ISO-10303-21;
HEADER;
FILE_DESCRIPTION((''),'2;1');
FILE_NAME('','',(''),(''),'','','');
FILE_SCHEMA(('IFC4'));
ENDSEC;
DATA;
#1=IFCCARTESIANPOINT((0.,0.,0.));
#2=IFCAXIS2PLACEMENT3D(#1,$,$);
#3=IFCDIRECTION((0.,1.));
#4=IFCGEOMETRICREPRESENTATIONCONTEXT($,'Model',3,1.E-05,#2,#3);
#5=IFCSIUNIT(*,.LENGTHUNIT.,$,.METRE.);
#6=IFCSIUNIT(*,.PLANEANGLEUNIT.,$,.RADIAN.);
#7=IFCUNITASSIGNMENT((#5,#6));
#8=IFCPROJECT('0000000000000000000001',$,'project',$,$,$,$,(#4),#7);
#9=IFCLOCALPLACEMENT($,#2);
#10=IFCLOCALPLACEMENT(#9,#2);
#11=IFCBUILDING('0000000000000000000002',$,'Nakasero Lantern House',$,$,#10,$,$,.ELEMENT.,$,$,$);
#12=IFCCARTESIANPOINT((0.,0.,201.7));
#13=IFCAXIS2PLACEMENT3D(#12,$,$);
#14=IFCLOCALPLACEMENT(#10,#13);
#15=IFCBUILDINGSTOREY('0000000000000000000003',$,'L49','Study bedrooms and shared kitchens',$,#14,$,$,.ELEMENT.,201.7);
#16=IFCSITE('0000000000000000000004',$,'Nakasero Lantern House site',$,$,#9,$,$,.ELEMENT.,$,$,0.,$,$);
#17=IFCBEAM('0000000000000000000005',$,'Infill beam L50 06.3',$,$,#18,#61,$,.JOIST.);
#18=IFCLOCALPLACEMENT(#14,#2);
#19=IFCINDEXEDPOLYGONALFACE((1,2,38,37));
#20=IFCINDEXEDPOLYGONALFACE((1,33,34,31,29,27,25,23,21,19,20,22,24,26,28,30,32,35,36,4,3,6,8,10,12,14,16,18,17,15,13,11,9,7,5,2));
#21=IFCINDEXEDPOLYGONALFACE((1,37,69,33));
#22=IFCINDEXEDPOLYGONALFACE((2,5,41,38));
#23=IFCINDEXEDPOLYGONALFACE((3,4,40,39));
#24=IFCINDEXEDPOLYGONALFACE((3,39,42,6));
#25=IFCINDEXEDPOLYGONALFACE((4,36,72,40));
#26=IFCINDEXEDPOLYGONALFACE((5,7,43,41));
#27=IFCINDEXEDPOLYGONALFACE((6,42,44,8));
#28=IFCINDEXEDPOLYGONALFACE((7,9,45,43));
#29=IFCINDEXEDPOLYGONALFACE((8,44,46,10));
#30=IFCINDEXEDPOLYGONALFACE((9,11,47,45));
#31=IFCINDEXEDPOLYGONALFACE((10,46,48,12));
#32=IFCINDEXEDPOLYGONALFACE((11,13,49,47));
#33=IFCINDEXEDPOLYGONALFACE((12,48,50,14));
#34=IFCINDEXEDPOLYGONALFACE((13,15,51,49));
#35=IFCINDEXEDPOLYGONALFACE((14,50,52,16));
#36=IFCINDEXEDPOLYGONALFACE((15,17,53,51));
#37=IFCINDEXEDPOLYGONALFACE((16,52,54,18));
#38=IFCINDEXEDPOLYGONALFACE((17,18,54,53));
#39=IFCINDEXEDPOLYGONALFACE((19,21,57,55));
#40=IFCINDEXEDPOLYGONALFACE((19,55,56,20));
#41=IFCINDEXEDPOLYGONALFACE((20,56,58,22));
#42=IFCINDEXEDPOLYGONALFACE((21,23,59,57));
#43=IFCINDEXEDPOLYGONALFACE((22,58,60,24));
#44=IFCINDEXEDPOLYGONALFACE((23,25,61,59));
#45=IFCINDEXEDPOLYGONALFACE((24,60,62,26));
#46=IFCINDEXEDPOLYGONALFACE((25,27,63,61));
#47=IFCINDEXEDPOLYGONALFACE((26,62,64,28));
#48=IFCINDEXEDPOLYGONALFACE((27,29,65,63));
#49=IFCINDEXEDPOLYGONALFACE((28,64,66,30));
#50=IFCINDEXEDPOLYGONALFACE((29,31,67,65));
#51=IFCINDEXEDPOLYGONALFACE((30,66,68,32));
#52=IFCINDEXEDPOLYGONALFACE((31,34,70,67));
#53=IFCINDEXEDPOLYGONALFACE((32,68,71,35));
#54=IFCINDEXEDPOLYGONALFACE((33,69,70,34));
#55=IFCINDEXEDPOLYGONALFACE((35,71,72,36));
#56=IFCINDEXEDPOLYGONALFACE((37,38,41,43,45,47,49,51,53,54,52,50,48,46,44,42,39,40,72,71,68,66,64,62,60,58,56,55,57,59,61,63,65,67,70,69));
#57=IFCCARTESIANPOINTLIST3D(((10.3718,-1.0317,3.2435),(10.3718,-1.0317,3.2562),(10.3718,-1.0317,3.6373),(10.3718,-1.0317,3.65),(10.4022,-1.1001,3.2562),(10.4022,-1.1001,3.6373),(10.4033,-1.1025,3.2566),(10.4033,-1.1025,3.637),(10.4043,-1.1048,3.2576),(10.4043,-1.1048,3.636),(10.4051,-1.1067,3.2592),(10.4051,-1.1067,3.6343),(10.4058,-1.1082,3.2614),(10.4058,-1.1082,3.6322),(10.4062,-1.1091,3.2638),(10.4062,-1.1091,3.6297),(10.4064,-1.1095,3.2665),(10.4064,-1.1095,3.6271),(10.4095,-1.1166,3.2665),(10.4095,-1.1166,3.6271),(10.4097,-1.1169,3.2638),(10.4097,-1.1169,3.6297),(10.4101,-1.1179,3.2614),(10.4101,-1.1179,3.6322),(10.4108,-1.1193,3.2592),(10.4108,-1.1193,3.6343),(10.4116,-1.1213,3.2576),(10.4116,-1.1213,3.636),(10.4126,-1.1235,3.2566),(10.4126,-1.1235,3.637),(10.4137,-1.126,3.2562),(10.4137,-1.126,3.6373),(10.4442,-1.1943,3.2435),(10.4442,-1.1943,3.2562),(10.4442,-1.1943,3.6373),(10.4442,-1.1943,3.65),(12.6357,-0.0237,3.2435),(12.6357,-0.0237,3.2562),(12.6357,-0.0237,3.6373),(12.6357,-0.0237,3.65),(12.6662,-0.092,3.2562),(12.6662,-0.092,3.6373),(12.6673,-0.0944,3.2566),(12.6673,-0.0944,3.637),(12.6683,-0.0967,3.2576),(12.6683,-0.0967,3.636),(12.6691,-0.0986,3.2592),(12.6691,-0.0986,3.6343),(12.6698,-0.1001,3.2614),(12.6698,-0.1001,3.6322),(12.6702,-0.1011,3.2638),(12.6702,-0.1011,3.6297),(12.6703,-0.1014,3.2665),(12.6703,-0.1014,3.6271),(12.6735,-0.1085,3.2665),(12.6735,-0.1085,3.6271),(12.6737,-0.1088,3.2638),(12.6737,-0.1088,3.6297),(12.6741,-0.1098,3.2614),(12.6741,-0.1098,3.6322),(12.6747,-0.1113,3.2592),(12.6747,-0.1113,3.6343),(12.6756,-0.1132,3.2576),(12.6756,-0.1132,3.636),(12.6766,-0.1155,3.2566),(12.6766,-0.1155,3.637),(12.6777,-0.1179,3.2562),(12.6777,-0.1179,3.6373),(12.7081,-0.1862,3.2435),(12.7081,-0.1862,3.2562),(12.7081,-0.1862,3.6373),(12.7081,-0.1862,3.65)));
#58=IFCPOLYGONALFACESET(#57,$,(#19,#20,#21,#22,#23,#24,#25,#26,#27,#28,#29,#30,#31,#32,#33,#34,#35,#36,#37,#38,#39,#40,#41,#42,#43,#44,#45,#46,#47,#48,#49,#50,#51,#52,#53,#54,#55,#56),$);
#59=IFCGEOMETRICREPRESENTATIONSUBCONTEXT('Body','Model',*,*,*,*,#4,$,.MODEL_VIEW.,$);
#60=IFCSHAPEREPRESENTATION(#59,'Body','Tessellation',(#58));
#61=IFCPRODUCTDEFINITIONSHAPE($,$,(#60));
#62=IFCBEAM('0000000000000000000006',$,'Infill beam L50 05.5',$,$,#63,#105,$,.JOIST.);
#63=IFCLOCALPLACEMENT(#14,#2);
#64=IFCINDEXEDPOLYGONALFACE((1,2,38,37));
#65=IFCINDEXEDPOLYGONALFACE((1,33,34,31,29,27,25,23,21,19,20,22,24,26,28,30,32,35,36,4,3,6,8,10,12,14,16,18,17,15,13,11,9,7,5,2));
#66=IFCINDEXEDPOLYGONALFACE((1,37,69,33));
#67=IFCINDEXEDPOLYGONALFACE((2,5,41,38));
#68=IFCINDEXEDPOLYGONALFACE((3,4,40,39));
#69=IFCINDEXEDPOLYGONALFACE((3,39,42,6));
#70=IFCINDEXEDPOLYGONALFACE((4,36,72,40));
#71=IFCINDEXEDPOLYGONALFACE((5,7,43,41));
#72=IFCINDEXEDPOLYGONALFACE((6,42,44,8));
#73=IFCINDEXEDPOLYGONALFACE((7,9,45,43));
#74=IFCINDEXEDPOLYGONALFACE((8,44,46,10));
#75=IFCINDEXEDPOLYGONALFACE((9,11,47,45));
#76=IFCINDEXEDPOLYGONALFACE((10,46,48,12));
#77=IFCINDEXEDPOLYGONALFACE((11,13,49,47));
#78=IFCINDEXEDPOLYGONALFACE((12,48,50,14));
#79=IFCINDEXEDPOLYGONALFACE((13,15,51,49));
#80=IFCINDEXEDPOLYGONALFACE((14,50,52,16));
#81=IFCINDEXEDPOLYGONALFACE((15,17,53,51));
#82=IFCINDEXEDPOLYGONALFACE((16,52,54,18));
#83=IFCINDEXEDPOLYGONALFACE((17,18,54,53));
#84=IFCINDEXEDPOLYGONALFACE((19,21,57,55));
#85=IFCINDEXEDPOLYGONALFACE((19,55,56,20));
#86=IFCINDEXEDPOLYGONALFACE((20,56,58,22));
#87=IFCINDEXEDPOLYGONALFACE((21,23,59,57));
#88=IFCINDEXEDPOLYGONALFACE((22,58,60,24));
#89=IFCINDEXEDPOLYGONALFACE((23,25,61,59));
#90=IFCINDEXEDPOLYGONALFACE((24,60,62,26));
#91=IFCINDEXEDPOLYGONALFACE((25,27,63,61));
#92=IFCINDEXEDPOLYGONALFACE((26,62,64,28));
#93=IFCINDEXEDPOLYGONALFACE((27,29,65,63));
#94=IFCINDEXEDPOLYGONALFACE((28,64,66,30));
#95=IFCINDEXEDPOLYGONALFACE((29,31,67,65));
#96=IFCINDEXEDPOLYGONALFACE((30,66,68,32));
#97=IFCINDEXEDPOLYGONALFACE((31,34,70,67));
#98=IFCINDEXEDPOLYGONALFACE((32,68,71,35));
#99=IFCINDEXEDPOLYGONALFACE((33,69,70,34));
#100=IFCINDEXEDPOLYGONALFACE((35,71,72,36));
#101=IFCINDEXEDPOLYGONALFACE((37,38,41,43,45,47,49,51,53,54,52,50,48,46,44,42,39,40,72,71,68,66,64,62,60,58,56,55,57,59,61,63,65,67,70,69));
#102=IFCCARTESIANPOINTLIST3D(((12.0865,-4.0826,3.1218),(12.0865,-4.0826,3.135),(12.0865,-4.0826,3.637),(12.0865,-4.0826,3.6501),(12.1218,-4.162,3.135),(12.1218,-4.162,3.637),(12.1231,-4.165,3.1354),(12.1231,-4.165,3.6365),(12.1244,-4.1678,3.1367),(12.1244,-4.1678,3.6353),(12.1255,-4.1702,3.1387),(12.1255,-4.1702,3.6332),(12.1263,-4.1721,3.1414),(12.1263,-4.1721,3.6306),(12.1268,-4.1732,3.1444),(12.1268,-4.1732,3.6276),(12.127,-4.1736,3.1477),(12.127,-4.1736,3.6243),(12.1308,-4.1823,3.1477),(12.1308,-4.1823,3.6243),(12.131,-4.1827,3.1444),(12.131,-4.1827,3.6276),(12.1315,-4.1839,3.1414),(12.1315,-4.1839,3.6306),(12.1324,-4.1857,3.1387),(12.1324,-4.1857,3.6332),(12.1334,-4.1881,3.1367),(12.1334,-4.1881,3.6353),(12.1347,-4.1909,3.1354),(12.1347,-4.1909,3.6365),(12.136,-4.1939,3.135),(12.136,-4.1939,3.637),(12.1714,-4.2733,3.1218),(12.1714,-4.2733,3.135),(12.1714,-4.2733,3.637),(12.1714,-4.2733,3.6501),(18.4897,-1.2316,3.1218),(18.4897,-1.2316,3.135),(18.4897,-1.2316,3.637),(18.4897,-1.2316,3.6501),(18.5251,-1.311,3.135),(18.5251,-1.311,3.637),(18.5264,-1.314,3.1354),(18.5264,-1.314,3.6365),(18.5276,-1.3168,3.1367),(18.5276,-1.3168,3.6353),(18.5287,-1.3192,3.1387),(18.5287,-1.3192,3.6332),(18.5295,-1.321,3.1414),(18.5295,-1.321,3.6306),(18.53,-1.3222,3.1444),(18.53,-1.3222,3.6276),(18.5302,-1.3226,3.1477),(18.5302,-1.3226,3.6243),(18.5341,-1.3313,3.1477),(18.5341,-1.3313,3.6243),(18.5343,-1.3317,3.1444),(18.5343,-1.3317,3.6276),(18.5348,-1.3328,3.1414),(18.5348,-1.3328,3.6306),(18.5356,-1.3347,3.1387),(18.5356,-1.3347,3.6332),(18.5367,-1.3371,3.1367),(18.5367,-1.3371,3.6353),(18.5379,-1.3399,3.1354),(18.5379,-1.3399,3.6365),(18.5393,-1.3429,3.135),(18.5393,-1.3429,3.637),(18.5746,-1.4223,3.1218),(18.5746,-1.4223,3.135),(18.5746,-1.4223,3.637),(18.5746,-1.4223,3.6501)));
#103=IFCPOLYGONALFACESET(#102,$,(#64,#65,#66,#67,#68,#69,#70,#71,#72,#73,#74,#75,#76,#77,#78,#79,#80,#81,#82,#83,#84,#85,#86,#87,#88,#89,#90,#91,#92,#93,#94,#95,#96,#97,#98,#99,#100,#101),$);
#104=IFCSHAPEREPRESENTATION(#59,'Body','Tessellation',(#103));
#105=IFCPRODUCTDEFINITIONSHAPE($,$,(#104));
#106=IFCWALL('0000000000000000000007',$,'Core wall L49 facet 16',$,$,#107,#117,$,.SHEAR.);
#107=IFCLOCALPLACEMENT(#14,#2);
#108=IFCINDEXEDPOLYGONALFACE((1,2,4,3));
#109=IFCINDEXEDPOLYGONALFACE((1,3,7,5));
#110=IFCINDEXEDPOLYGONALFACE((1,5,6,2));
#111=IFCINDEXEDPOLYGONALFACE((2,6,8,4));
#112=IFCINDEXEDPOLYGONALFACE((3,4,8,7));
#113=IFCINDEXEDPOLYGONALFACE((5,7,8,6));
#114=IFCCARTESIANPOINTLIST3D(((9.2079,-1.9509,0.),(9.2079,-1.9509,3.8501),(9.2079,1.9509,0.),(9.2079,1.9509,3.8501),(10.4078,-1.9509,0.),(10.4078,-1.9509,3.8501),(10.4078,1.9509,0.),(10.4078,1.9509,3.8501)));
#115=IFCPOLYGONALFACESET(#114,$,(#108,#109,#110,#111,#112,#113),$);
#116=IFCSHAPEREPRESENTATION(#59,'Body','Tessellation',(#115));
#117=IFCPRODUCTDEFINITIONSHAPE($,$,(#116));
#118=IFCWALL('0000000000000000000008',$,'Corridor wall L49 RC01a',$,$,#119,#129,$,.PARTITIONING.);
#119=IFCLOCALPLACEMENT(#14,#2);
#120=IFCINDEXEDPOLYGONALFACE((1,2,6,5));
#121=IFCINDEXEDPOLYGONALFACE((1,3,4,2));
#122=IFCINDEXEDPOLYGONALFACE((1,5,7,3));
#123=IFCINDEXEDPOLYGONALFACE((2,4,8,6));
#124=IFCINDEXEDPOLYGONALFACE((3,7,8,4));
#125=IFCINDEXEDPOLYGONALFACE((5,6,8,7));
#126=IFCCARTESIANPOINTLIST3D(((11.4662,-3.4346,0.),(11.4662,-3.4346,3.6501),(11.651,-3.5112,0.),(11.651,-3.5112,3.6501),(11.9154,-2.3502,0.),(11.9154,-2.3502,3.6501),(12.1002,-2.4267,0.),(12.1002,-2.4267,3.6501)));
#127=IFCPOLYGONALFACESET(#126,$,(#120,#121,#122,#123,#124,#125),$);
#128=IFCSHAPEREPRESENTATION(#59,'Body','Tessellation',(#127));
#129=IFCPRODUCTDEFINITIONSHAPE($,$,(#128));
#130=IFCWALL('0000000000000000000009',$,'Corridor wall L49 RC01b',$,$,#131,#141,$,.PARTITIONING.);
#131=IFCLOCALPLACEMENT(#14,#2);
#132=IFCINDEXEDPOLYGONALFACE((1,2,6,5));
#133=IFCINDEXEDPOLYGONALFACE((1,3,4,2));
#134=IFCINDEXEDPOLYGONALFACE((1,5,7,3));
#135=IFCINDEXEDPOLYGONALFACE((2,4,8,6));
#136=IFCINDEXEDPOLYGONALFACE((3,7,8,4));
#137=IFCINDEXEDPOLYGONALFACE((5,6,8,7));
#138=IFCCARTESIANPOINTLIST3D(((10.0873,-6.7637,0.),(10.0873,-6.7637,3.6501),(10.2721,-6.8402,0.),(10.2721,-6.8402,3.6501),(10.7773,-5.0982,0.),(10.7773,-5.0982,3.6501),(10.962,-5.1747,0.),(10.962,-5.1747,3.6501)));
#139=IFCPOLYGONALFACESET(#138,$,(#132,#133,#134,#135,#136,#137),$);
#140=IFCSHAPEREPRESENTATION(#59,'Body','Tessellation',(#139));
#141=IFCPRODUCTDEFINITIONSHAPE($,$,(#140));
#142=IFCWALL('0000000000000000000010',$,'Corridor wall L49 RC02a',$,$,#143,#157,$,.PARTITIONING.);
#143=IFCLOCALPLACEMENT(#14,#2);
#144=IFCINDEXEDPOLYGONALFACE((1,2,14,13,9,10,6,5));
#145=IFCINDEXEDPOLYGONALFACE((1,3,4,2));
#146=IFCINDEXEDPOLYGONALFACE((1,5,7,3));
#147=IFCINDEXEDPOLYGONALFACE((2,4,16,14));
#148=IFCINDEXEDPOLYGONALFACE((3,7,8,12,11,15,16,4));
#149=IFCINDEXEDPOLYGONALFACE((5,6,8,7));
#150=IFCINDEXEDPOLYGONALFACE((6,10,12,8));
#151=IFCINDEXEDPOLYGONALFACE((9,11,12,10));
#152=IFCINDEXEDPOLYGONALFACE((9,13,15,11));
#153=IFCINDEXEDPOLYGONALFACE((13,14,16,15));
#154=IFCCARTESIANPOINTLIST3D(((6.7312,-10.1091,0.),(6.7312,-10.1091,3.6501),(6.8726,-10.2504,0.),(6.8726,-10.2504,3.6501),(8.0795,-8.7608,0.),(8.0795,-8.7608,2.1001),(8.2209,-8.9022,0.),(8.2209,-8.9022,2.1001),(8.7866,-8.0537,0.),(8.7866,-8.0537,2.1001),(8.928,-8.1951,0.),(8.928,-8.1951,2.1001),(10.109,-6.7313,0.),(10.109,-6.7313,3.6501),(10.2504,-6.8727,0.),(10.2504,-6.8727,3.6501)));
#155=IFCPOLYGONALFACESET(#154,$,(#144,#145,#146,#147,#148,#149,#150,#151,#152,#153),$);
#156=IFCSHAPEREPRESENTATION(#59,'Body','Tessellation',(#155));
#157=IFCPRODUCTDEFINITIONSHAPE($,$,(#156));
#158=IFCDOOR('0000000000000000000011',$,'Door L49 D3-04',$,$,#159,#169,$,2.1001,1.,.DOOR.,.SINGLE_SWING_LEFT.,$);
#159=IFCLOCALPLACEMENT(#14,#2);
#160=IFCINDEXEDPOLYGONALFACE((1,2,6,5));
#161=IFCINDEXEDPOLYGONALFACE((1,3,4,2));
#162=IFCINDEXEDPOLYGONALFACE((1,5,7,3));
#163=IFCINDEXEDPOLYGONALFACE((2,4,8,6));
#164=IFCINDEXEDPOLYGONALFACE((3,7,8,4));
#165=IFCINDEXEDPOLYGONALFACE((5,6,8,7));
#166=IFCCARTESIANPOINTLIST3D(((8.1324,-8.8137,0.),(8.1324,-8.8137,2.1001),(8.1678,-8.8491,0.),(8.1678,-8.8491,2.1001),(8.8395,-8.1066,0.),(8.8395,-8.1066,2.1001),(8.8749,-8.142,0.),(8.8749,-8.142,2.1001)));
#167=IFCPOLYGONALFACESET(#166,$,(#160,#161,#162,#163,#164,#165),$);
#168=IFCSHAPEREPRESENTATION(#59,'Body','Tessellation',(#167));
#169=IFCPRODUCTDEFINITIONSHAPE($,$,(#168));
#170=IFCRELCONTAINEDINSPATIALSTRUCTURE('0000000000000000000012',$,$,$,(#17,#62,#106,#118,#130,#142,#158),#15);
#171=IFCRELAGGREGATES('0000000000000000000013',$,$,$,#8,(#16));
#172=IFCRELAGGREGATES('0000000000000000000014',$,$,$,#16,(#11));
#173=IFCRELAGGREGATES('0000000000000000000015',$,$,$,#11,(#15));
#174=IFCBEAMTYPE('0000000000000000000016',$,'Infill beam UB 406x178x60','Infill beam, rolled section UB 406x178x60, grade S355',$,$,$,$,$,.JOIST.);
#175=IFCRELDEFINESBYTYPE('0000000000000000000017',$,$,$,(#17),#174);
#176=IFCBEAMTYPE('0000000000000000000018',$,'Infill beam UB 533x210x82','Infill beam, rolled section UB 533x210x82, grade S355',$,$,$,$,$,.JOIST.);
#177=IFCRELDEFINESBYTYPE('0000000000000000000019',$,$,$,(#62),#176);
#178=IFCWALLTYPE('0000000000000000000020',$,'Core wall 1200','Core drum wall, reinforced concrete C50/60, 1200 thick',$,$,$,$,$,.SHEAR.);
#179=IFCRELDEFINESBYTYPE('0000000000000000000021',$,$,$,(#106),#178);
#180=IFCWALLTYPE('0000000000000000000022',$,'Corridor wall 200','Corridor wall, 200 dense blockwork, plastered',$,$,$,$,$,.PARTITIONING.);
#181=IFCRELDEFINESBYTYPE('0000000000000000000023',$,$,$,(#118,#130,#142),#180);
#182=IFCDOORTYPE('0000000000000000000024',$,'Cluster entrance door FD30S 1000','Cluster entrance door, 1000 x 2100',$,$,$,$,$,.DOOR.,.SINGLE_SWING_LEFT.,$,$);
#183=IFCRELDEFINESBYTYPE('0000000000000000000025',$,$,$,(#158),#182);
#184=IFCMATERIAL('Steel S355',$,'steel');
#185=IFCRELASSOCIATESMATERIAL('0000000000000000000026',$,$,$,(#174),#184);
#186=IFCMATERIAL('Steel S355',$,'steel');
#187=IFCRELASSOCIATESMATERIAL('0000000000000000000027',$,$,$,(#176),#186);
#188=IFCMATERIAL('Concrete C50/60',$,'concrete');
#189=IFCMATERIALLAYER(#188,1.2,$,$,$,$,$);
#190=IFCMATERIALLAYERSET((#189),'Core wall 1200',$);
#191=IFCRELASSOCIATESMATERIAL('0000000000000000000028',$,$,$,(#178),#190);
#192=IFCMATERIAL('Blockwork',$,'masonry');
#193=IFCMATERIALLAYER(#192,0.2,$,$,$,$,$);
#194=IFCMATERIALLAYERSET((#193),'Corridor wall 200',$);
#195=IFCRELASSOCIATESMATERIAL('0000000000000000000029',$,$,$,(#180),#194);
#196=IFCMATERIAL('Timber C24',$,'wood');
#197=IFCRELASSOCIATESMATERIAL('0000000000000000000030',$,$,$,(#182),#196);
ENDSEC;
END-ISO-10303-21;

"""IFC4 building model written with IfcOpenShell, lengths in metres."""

from ifc_helpers import new_model, si_unit, direction, frame, frame_2d, origin, origin_2d, place, context, subcontext, project, spatial, rectangle, i_section, extrude, material, layer, layer_set, material_profile, profile_set, type_object, element, fill, save


model = new_model("IFC4")

# Units and contexts
model_context = context("Model", 3, precision=1e-05, world=origin(), true_north=direction((0.0, 1.0)))
body_context = subcontext(model_context, "Body", "Model", "MODEL_VIEW")
ifc_project = project(units=[si_unit("LENGTHUNIT", "METRE"), si_unit("PLANEANGLEUNIT", "RADIAN")], contexts=[model_context])

# Site, building, storey
site_placement = place(None, origin())
site = spatial("IfcSite", under=ifc_project, at=site_placement, Name="Nakasero Lantern House site", CompositionType="ELEMENT", RefElevation=0.0)
building_placement = place(site_placement, origin())
building = spatial("IfcBuilding", under=site, at=building_placement, Name="Nakasero Lantern House", CompositionType="ELEMENT")
storey_placement = place(building_placement, frame((0.0, 0.0, 201.7)))
storey = spatial("IfcBuildingStorey", under=building, at=storey_placement, Name="L49", Description="Study bedrooms and shared kitchens", CompositionType="ELEMENT", Elevation=201.7)

# Beams
ifc_material_1 = material(Name="Steel S355", Category="steel")
ifc_material_profile_1 = material_profile(ifc_material_1, i_section(OverallWidth=0.178, OverallDepth=0.4065, WebThickness=0.0078, FlangeThickness=0.0127, FilletRadius=0.0103, at=origin_2d()), Name="UB 406x178x60")
ifc_profile_set_1 = profile_set([ifc_material_profile_1], Name="Steel S355")
beam_type_1 = type_object("IfcBeamType", Name="Infill beam UB 406x178x60", Description="Infill beam, rolled section UB 406x178x60, grade S355", PredefinedType="JOIST", material=ifc_profile_set_1)
beam_1_placement = place(storey_placement, frame((10.408, -1.113, 3.4468), z_axis=(0.913531, 0.406769, 0.0), x_axis=(-0.406769, 0.913531, 0.0)))
element("IfcBeam", 1, at=beam_1_placement, inside=storey, type_object=beam_type_1, Name="Infill beam L50 06.3", PredefinedType="JOIST", context=body_context, shape_type="SweptSolid", body=[
    extrude(i_section(OverallWidth=0.178, OverallDepth=0.4065, WebThickness=0.0078, FlangeThickness=0.0127, FilletRadius=0.0103, at=origin_2d()), origin(), (0.0, 0.0, 1.0), 2.4783),
])
ifc_material_2 = material(Name="Steel S355", Category="steel")
ifc_material_profile_2 = material_profile(ifc_material_2, i_section(OverallWidth=0.2087, OverallDepth=0.5283, WebThickness=0.0095, FlangeThickness=0.0132, FilletRadius=0.0127, at=origin_2d()), Name="UB 533x210x82")
ifc_profile_set_2 = profile_set([ifc_material_profile_2], Name="Steel S355")
beam_type_2 = type_object("IfcBeamType", Name="Infill beam UB 533x210x82", Description="Infill beam, rolled section UB 533x210x82, grade S355", PredefinedType="JOIST", material=ifc_profile_set_2)
beam_2_placement = place(storey_placement, frame((12.1289, -4.178, 3.386), z_axis=(0.913538, 0.406752, 0.0), x_axis=(-0.406752, 0.913538, 0.0)))
element("IfcBeam", 2, at=beam_2_placement, inside=storey, type_object=beam_type_2, Name="Infill beam L50 05.5", PredefinedType="JOIST", context=body_context, shape_type="SweptSolid", body=[
    extrude(i_section(OverallWidth=0.2087, OverallDepth=0.5283, WebThickness=0.0095, FlangeThickness=0.0132, FilletRadius=0.0127, at=origin_2d()), origin(), (0.0, 0.0, 1.0), 7.0093),
])

# Walls
ifc_material_3 = material(Name="Concrete C50/60", Category="concrete")
ifc_layer_1 = layer(ifc_material_3, 1.2)
ifc_layer_set_1 = layer_set([ifc_layer_1], Name="Core wall 1200")
wall_type_1 = type_object("IfcWallType", Name="Core wall 1200", Description="Core drum wall, reinforced concrete C50/60, 1200 thick", PredefinedType="SHEAR", material=ifc_layer_set_1)
wall_1_placement = place(storey_placement, frame((9.8079, -1.9509, 0.0), z_axis=(0.0, 0.0, 1.0), x_axis=(0.0, 1.0, 0.0)))
element("IfcWall", 3, at=wall_1_placement, inside=storey, type_object=wall_type_1, Name="Core wall L49 facet 16", PredefinedType="SHEAR", context=body_context, shape_type="SweptSolid", body=[
    extrude(rectangle(XDim=3.9019, YDim=1.2, at=frame_2d((1.9509, 0.0))), origin(), (0.0, 0.0, 1.0), 3.8501),
])
ifc_material_4 = material(Name="Blockwork", Category="masonry")
ifc_layer_2 = layer(ifc_material_4, 0.2)
ifc_layer_set_2 = layer_set([ifc_layer_2], Name="Corridor wall 200")
wall_type_2 = type_object("IfcWallType", Name="Corridor wall 200", Description="Corridor wall, 200 dense blockwork, plastered", PredefinedType="PARTITIONING", material=ifc_layer_set_2)
wall_2_placement = place(storey_placement, frame((12.0078, -2.3884, 0.0), z_axis=(0.0, 0.0, 1.0), x_axis=(-0.382695, -0.923875, 0.0)))
element("IfcWall", 4, at=wall_2_placement, inside=storey, type_object=wall_type_2, Name="Corridor wall L49 RC01a", PredefinedType="PARTITIONING", context=body_context, shape_type="SweptSolid", body=[
    extrude(rectangle(XDim=1.1738, YDim=0.2, at=frame_2d((0.5869, 0.0))), origin(), (0.0, 0.0, 1.0), 3.6501),
])
wall_3_placement = place(storey_placement, frame((10.8696, -5.1365, 0.0), z_axis=(0.0, 0.0, 1.0), x_axis=(-0.382711, -0.923868, 0.0)))
element("IfcWall", 5, at=wall_3_placement, inside=storey, type_object=wall_type_2, Name="Corridor wall L49 RC01b", PredefinedType="PARTITIONING", context=body_context, shape_type="SweptSolid", body=[
    extrude(rectangle(XDim=1.8027, YDim=0.2, at=frame_2d((0.9014, 0.0))), origin(), (0.0, 0.0, 1.0), 3.6501),
])

# Wall, opening, door
wall_4_placement = place(storey_placement, frame((10.1797, -6.802, 0.0), z_axis=(0.0, 0.0, 1.0), x_axis=(-0.707107, -0.707107, 0.0)))
wall_4 = element("IfcWall", 6, at=wall_4_placement, inside=storey, type_object=wall_type_2, Name="Corridor wall L49 RC02a", PredefinedType="PARTITIONING", context=body_context, shape_type="SweptSolid", body=[
    extrude(rectangle(XDim=4.7769, YDim=0.2, at=frame_2d((2.3884, 0.0))), origin(), (0.0, 0.0, 1.0), 3.6501),
])
opening_1_placement = place(wall_4_placement, frame((1.8701, 0.0, 0.0)))
opening_1 = element("IfcOpeningElement", 7, at=opening_1_placement, cuts=wall_4, PredefinedType="OPENING", context=body_context, shape_type="SweptSolid", body=[
    extrude(rectangle(XDim=1.0, YDim=2.1001, at=frame_2d((0.5, 1.05))), frame((0.0, 0.1199, 0.0), z_axis=(0.0, -1.0, 0.0), x_axis=(1.0, 0.0, 0.0)), (0.0, 0.0, 1.0), 0.24),
])
ifc_material_5 = material(Name="Timber C24", Category="wood")
door_type_1 = type_object("IfcDoorType", Name="Cluster entrance door FD30S 1000", Description="Cluster entrance door, 1000 x 2100", OperationType="SINGLE_SWING_LEFT", PredefinedType="DOOR", material=ifc_material_5)
door_1_placement = place(opening_1_placement, origin())
door_1 = element("IfcDoor", 8, at=door_1_placement, inside=storey, type_object=door_type_1, Name="Door L49 D3-04", OperationType="SINGLE_SWING_LEFT", OverallHeight=2.1001, OverallWidth=1.0, PredefinedType="DOOR", context=body_context, shape_type="SweptSolid", body=[
    extrude(rectangle(XDim=1.0, YDim=2.1001, at=frame_2d((0.5, 1.05))), frame((0.0, 0.0249, 0.0), z_axis=(0.0, -1.0, 0.0), x_axis=(1.0, 0.0, 0.0)), (0.0, 0.0, 1.0), 0.05),
])
fill(opening_1, door_1)

save(model, "model.ifc")
